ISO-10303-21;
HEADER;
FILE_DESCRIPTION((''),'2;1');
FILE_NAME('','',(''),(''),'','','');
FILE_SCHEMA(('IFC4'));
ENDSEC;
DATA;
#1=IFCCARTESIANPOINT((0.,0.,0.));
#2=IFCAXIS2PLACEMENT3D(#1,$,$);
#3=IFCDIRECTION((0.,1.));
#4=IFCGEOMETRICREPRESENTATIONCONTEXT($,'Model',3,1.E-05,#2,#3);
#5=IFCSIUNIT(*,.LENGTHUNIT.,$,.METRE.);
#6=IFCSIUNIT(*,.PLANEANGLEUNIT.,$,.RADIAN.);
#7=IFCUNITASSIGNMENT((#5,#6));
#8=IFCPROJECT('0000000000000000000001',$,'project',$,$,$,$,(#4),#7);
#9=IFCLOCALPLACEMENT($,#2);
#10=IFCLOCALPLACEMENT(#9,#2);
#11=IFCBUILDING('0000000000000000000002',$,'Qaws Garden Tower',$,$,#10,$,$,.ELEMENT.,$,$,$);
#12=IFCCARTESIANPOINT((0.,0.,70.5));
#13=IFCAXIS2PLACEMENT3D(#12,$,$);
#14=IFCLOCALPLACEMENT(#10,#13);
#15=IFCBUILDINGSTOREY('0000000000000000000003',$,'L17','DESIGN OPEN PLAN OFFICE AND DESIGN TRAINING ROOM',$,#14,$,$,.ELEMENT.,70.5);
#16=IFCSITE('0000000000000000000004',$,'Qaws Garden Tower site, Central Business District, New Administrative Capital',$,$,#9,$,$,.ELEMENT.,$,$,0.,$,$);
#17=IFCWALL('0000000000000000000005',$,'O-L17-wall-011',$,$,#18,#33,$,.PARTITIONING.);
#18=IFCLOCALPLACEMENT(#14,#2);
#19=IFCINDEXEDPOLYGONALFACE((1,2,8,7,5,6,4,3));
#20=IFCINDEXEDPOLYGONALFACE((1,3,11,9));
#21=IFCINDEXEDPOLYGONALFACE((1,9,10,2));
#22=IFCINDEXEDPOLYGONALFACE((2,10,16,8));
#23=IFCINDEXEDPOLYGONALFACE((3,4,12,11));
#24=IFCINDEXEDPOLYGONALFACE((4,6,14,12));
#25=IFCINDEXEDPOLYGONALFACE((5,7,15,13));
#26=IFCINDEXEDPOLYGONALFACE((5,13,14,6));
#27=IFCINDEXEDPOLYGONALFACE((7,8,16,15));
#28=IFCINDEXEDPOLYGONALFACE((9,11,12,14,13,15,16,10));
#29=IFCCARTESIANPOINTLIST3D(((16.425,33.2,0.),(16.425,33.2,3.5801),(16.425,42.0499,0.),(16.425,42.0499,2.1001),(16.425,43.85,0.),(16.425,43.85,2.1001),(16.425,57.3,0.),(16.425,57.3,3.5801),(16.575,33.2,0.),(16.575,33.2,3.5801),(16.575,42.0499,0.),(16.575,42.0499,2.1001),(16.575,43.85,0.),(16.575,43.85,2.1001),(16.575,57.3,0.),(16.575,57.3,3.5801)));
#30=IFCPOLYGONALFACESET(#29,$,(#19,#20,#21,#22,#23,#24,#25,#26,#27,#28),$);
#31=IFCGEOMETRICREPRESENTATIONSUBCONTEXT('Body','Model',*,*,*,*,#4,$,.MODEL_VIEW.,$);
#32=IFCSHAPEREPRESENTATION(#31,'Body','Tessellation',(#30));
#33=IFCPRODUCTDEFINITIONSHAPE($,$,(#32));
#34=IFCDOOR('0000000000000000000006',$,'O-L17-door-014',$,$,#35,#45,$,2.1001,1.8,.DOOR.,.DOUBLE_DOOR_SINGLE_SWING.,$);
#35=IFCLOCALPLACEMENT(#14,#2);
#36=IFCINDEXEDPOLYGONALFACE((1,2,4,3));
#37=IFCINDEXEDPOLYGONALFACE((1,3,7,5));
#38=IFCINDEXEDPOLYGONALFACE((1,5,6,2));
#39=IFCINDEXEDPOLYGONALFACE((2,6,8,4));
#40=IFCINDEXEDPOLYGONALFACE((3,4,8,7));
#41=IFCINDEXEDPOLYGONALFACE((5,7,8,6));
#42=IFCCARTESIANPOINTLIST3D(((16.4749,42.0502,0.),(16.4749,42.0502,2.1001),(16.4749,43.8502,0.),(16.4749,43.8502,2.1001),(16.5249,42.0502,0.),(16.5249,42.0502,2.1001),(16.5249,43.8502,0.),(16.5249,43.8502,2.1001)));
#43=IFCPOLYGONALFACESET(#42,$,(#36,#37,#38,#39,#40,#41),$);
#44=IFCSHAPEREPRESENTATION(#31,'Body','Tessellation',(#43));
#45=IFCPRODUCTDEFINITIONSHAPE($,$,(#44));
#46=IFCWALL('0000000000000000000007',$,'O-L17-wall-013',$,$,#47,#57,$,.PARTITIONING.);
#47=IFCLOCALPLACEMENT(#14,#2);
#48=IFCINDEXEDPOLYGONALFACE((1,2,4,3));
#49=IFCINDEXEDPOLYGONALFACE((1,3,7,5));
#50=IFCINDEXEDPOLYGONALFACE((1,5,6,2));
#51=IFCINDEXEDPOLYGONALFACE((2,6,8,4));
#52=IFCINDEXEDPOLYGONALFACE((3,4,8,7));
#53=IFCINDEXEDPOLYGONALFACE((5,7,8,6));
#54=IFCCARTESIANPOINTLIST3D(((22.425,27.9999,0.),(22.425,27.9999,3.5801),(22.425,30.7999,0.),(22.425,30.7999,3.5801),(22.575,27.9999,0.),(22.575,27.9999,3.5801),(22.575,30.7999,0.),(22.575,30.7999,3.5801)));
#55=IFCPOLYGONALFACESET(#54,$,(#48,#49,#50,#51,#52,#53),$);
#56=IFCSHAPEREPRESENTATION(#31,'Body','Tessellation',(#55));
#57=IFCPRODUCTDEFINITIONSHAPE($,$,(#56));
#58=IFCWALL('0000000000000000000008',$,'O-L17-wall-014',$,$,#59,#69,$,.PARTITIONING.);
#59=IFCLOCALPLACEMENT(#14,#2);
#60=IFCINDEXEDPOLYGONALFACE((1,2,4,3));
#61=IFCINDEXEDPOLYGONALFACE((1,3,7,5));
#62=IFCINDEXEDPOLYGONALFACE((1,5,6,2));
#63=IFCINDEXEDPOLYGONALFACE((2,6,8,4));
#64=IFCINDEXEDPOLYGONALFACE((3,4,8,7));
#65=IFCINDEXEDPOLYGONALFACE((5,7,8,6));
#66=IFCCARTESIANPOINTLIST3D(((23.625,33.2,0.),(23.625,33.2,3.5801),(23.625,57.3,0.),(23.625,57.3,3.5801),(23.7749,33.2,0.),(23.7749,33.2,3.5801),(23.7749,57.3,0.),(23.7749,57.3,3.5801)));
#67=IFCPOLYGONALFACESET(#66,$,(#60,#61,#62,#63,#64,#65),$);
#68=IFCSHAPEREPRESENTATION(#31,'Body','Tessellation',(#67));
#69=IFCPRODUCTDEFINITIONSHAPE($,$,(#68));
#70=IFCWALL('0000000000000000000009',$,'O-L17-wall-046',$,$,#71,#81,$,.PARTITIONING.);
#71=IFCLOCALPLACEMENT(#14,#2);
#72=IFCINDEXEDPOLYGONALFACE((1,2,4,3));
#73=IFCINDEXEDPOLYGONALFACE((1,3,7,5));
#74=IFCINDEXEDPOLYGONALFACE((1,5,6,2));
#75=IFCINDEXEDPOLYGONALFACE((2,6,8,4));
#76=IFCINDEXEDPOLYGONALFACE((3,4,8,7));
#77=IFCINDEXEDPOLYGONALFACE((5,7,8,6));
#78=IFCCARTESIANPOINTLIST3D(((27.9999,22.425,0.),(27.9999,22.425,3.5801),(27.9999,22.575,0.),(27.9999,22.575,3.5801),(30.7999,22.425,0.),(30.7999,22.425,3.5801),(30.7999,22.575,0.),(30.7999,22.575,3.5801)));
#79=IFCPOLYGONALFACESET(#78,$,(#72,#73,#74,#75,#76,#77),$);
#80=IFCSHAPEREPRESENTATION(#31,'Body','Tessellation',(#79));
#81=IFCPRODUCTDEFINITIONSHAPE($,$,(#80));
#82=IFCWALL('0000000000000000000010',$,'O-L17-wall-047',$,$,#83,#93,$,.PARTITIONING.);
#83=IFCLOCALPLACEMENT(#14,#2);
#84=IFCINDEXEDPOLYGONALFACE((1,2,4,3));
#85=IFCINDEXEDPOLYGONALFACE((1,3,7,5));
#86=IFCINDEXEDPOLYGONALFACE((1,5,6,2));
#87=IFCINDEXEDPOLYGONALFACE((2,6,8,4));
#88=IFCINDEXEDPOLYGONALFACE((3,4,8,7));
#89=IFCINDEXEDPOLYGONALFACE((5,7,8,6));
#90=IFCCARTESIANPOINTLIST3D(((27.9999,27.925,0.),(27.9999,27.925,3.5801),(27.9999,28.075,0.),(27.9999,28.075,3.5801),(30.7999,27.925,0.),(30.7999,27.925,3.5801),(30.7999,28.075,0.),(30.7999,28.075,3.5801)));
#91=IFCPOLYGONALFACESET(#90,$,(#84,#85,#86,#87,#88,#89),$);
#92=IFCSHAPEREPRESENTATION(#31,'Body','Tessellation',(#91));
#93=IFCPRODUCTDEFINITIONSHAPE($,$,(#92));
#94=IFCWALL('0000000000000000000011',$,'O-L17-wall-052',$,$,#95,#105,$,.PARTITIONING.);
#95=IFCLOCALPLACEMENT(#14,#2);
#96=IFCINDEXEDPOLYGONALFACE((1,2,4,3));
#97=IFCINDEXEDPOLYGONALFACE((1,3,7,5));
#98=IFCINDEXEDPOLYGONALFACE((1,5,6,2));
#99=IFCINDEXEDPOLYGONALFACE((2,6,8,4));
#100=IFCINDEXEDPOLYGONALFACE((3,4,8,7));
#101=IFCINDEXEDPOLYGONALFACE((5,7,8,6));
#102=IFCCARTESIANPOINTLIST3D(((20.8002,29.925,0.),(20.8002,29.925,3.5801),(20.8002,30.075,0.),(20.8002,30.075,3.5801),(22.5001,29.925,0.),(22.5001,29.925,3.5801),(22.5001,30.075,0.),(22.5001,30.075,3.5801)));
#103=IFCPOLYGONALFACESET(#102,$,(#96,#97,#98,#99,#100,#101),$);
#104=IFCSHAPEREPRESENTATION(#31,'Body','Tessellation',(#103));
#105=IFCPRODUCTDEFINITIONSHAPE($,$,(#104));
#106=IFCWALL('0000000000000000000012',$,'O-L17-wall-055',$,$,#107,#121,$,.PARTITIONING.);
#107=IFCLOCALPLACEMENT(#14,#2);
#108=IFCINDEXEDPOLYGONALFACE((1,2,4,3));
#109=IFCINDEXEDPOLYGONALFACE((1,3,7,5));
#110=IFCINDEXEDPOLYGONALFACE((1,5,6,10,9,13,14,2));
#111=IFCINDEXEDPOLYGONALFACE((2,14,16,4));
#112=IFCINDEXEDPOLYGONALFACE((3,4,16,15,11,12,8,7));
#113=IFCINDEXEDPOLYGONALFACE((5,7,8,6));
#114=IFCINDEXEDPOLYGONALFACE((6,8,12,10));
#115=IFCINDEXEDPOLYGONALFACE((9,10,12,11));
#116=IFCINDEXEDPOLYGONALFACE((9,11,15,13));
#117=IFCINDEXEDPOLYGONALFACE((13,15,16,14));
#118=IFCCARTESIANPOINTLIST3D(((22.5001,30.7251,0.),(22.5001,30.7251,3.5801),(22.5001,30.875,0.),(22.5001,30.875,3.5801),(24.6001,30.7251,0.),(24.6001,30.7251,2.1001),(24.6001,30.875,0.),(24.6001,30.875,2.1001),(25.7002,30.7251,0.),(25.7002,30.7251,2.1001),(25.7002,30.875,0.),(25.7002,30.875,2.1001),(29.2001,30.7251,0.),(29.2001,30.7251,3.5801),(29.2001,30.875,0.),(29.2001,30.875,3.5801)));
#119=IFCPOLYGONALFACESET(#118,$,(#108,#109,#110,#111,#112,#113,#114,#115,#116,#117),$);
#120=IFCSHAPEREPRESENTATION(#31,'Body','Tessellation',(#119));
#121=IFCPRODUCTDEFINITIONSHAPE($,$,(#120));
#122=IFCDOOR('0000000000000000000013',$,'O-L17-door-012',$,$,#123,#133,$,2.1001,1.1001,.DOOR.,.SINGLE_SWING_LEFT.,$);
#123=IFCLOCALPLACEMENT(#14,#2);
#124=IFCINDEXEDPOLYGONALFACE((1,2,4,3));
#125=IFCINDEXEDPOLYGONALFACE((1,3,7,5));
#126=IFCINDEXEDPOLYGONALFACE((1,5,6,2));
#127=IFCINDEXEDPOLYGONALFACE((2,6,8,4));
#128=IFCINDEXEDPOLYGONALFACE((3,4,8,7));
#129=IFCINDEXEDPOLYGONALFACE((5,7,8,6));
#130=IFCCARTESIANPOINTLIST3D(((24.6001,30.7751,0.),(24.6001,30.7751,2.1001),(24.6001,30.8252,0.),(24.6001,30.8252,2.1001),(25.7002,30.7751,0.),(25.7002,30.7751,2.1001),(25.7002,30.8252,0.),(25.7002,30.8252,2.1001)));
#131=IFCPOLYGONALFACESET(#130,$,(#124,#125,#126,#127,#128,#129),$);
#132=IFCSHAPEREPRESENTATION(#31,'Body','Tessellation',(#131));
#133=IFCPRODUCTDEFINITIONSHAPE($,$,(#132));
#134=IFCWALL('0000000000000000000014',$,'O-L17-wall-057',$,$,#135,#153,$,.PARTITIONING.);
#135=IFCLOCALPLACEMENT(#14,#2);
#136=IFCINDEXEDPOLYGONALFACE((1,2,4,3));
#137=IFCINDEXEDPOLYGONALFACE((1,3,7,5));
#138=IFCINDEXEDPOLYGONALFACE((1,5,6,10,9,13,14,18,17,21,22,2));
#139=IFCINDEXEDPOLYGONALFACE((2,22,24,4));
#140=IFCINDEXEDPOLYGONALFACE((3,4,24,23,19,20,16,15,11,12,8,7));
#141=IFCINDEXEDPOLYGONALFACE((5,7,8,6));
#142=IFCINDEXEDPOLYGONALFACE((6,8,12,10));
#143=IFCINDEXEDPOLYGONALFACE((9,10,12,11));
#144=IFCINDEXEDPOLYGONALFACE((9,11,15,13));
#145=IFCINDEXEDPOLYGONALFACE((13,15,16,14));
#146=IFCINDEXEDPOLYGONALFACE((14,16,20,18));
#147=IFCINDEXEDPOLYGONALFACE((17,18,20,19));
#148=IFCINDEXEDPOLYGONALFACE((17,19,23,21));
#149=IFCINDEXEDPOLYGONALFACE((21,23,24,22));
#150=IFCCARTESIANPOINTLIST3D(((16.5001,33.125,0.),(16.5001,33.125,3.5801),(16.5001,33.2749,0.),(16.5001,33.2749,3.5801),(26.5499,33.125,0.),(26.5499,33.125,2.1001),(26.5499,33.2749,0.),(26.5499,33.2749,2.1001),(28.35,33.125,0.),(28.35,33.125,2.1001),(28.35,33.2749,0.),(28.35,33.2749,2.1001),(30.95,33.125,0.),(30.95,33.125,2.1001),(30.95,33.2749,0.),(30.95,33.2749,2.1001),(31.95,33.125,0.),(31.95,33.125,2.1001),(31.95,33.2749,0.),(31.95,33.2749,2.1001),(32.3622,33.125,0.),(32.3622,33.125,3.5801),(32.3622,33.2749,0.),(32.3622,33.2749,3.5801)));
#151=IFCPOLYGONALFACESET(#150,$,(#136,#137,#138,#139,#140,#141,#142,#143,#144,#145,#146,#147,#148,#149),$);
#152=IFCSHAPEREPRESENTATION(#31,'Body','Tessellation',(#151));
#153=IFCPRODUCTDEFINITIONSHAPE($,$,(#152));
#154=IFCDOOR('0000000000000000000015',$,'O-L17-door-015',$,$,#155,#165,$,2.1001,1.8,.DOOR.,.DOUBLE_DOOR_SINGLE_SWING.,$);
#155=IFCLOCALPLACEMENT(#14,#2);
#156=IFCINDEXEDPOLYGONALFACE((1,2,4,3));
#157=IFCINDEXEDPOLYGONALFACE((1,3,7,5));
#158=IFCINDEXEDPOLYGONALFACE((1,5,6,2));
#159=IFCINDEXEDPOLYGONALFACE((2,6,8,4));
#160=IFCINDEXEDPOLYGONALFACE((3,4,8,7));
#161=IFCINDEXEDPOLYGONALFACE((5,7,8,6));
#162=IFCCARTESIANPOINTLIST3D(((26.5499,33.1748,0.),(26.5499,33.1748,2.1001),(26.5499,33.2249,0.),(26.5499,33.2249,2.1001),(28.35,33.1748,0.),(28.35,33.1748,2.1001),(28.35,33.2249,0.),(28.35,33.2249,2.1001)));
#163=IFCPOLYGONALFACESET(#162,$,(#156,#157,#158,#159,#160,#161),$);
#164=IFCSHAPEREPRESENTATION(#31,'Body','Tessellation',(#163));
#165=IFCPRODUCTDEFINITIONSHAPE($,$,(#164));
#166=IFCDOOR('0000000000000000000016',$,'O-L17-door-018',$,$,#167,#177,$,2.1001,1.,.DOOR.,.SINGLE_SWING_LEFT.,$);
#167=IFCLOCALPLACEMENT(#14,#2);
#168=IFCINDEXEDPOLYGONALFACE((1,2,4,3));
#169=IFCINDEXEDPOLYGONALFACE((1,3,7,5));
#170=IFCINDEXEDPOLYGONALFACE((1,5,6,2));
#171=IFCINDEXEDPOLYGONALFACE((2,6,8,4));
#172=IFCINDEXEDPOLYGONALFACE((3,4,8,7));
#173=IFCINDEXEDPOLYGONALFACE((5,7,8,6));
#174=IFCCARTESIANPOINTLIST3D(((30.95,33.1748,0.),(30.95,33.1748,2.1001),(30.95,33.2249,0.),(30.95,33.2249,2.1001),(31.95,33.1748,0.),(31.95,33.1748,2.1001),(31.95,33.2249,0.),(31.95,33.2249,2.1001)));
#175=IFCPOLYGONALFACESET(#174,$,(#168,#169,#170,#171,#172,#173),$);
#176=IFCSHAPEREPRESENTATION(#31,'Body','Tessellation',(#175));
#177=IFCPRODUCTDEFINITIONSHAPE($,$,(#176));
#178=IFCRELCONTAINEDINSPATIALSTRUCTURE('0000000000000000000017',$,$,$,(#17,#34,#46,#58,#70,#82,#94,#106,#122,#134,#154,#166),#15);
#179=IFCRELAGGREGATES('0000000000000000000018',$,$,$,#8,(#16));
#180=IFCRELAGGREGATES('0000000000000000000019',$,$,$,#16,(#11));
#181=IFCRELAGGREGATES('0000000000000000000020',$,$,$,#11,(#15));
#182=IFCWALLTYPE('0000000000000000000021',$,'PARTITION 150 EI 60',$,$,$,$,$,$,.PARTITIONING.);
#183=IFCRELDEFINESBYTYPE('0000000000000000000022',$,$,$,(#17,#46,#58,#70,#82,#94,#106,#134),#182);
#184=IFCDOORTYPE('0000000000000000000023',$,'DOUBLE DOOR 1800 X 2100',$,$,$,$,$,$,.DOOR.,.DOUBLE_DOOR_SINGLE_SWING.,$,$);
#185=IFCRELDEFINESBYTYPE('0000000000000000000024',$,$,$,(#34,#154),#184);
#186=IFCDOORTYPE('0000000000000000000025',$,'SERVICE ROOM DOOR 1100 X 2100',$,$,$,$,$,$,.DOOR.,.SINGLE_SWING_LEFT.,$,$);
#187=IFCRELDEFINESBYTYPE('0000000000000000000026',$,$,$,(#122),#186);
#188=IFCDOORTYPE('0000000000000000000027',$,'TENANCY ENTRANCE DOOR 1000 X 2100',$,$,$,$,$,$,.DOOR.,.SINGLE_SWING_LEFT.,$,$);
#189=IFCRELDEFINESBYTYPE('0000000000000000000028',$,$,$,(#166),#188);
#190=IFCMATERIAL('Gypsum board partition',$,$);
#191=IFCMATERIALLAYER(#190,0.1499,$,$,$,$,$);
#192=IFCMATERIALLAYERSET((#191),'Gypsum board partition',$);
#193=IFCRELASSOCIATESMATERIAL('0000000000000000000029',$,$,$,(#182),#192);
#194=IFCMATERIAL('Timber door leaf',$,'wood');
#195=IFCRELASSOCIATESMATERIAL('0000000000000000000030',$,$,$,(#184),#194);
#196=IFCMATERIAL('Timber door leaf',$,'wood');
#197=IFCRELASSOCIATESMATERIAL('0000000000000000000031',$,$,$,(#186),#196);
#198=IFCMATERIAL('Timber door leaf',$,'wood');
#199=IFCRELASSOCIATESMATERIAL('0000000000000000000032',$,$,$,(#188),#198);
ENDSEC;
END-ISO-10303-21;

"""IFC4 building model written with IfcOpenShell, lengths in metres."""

from ifc_helpers import new_model, si_unit, direction, frame, frame_2d, origin, place, context, subcontext, project, spatial, rectangle, extrude, material, layer, layer_set, type_object, element, fill, save


model = new_model("IFC4")

# Units and contexts
model_context = context("Model", 3, precision=1e-05, world=origin(), true_north=direction((0.0, 1.0)))
body_context = subcontext(model_context, "Body", "Model", "MODEL_VIEW")
ifc_project = project(units=[si_unit("LENGTHUNIT", "METRE"), si_unit("PLANEANGLEUNIT", "RADIAN")], contexts=[model_context])

# Site, building, storey
site_placement = place(None, origin())
site = spatial("IfcSite", under=ifc_project, at=site_placement, Name="Qaws Garden Tower site, Central Business District, New Administrative Capital", CompositionType="ELEMENT", RefElevation=0.0)
building_placement = place(site_placement, origin())
building = spatial("IfcBuilding", under=site, at=building_placement, Name="Qaws Garden Tower", CompositionType="ELEMENT")
storey_placement = place(building_placement, frame((0.0, 0.0, 70.5)))
storey = spatial("IfcBuildingStorey", under=building, at=storey_placement, Name="L17", Description="DESIGN OPEN PLAN OFFICE AND DESIGN TRAINING ROOM", CompositionType="ELEMENT", Elevation=70.5)

# Wall, opening, door
ifc_material_1 = material(Name="Gypsum board partition")
ifc_layer_1 = layer(ifc_material_1, 0.1499)
ifc_layer_set_1 = layer_set([ifc_layer_1], Name="Gypsum board partition")
wall_type_1 = type_object("IfcWallType", Name="PARTITION 150 EI 60", PredefinedType="PARTITIONING", material=ifc_layer_set_1)
wall_1_placement = place(storey_placement, frame((16.5, 33.2, 0.0), z_axis=(0.0, 0.0, 1.0), x_axis=(0.0, 1.0, 0.0)))
wall_1 = element("IfcWall", 1, at=wall_1_placement, inside=storey, type_object=wall_type_1, Name="O-L17-wall-011", PredefinedType="PARTITIONING", context=body_context, shape_type="SweptSolid", body=[
    extrude(rectangle(XDim=24.1001, YDim=0.1499, at=frame_2d((12.05, 0.0))), origin(), (0.0, 0.0, 1.0), 3.5801),
])
opening_1_placement = place(wall_1_placement, frame((8.8501, 0.0, 0.0)))
opening_1 = element("IfcOpeningElement", 2, at=opening_1_placement, cuts=wall_1, PredefinedType="OPENING", context=body_context, shape_type="SweptSolid", body=[
    extrude(rectangle(XDim=1.8, YDim=2.1001, at=frame_2d((0.8999, 1.05))), frame((0.0, 0.085, 0.0), z_axis=(0.0, -1.0, 0.0), x_axis=(1.0, 0.0, 0.0)), (0.0, 0.0, 1.0), 0.1699),
])
ifc_material_2 = material(Name="Timber door leaf", Category="wood")
door_type_1 = type_object("IfcDoorType", Name="DOUBLE DOOR 1800 X 2100", OperationType="DOUBLE_DOOR_SINGLE_SWING", PredefinedType="DOOR", material=ifc_material_2)
door_1_placement = place(opening_1_placement, frame((1.8, 0.0, 0.0), z_axis=(0.0, 0.0, 1.0), x_axis=(-1.0, 0.0, 0.0)))
door_1 = element("IfcDoor", 3, at=door_1_placement, inside=storey, type_object=door_type_1, Name="O-L17-door-014", OperationType="DOUBLE_DOOR_SINGLE_SWING", OverallHeight=2.1001, OverallWidth=1.8, PredefinedType="DOOR", context=body_context, shape_type="SweptSolid", body=[
    extrude(rectangle(XDim=1.8, YDim=2.1001, at=frame_2d((0.8999, 1.05))), frame((0.0, 0.0249, 0.0), z_axis=(0.0, -1.0, 0.0), x_axis=(1.0, 0.0, 0.0)), (0.0, 0.0, 1.0), 0.05),
])
fill(opening_1, door_1)

# Walls
wall_2_placement = place(storey_placement, frame((22.5, 28.0, 0.0), z_axis=(0.0, 0.0, 1.0), x_axis=(0.0, 1.0, 0.0)))
element("IfcWall", 4, at=wall_2_placement, inside=storey, type_object=wall_type_1, Name="O-L17-wall-013", PredefinedType="PARTITIONING", context=body_context, shape_type="SweptSolid", body=[
    extrude(rectangle(XDim=2.8, YDim=0.1499, at=frame_2d((1.3999, 0.0))), origin(), (0.0, 0.0, 1.0), 3.5801),
])
wall_3_placement = place(storey_placement, frame((23.7, 33.2, 0.0), z_axis=(0.0, 0.0, 1.0), x_axis=(0.0, 1.0, 0.0)))
element("IfcWall", 5, at=wall_3_placement, inside=storey, type_object=wall_type_1, Name="O-L17-wall-014", PredefinedType="PARTITIONING", context=body_context, shape_type="SweptSolid", body=[
    extrude(rectangle(XDim=24.1001, YDim=0.1499, at=frame_2d((12.05, 0.0))), origin(), (0.0, 0.0, 1.0), 3.5801),
])
for number, where, z_axis, x_axis, name in (
    (6, (28.0, 22.5, 0.0), (0.0, 0.0, 1.0), (1.0, 0.0, 0.0), "O-L17-wall-046"),
    (7, (28.0, 28.0, 0.0), (0.0, 0.0, 1.0), (1.0, 0.0, 0.0), "O-L17-wall-047"),
):
    element("IfcWall", number, at=place(storey_placement, frame(where, z_axis=z_axis, x_axis=x_axis)), inside=storey, type_object=wall_type_1, Name=name, PredefinedType="PARTITIONING", context=body_context, shape_type="SweptSolid", body=[
        extrude(rectangle(XDim=2.8, YDim=0.1499, at=frame_2d((1.3999, 0.0))), origin(), (0.0, 0.0, 1.0), 3.5801),
    ])
wall_4_placement = place(storey_placement, frame((20.8, 30.0, 0.0), z_axis=(0.0, 0.0, 1.0), x_axis=(1.0, 0.0, 0.0)))
element("IfcWall", 8, at=wall_4_placement, inside=storey, type_object=wall_type_1, Name="O-L17-wall-052", PredefinedType="PARTITIONING", context=body_context, shape_type="SweptSolid", body=[
    extrude(rectangle(XDim=1.7, YDim=0.1499, at=frame_2d((0.8501, 0.0))), origin(), (0.0, 0.0, 1.0), 3.5801),
])

# Wall, opening, door
wall_5_placement = place(storey_placement, frame((22.5, 30.8, 0.0), z_axis=(0.0, 0.0, 1.0), x_axis=(1.0, 0.0, 0.0)))
wall_5 = element("IfcWall", 9, at=wall_5_placement, inside=storey, type_object=wall_type_1, Name="O-L17-wall-055", PredefinedType="PARTITIONING", context=body_context, shape_type="SweptSolid", body=[
    extrude(rectangle(XDim=6.7, YDim=0.1499, at=frame_2d((3.3501, 0.0))), origin(), (0.0, 0.0, 1.0), 3.5801),
])
opening_2_placement = place(wall_5_placement, frame((2.1001, 0.0, 0.0)))
opening_2 = element("IfcOpeningElement", 10, at=opening_2_placement, cuts=wall_5, PredefinedType="OPENING", context=body_context, shape_type="SweptSolid", body=[
    extrude(rectangle(XDim=1.1001, YDim=2.1001, at=frame_2d((0.55, 1.05))), frame((0.0, 0.085, 0.0), z_axis=(0.0, -1.0, 0.0), x_axis=(1.0, 0.0, 0.0)), (0.0, 0.0, 1.0), 0.1699),
])
ifc_material_3 = material(Name="Timber door leaf", Category="wood")
door_type_2 = type_object("IfcDoorType", Name="SERVICE ROOM DOOR 1100 X 2100", OperationType="SINGLE_SWING_LEFT", PredefinedType="DOOR", material=ifc_material_3)
door_2_placement = place(opening_2_placement, frame((1.1001, 0.0, 0.0), z_axis=(0.0, 0.0, 1.0), x_axis=(-1.0, 0.0, 0.0)))
door_2 = element("IfcDoor", 11, at=door_2_placement, inside=storey, type_object=door_type_2, Name="O-L17-door-012", OperationType="SINGLE_SWING_LEFT", OverallHeight=2.1001, OverallWidth=1.1001, PredefinedType="DOOR", context=body_context, shape_type="SweptSolid", body=[
    extrude(rectangle(XDim=1.1001, YDim=2.1001, at=frame_2d((0.55, 1.05))), frame((0.0, 0.0249, 0.0), z_axis=(0.0, -1.0, 0.0), x_axis=(1.0, 0.0, 0.0)), (0.0, 0.0, 1.0), 0.05),
])
fill(opening_2, door_2)

# Wall, openings, doors
wall_6_placement = place(storey_placement, frame((16.5, 33.2, 0.0), z_axis=(0.0, 0.0, 1.0), x_axis=(1.0, 0.0, 0.0)))
wall_6 = element("IfcWall", 12, at=wall_6_placement, inside=storey, type_object=wall_type_1, Name="O-L17-wall-057", PredefinedType="PARTITIONING", context=body_context, shape_type="SweptSolid", body=[
    extrude(rectangle(XDim=15.8621, YDim=0.1499, at=frame_2d((7.9312, 0.0))), origin(), (0.0, 0.0, 1.0), 3.5801),
])
opening_3_placement = place(wall_6_placement, frame((10.05, 0.0, 0.0)))
opening_3 = element("IfcOpeningElement", 13, at=opening_3_placement, cuts=wall_6, PredefinedType="OPENING", context=body_context, shape_type="SweptSolid", body=[
    extrude(rectangle(XDim=1.8, YDim=2.1001, at=frame_2d((0.8999, 1.05))), frame((0.0, 0.085, 0.0), z_axis=(0.0, -1.0, 0.0), x_axis=(1.0, 0.0, 0.0)), (0.0, 0.0, 1.0), 0.1699),
])
opening_4_placement = place(wall_6_placement, frame((14.45, 0.0, 0.0)))
opening_4 = element("IfcOpeningElement", 14, at=opening_4_placement, cuts=wall_6, PredefinedType="OPENING", context=body_context, shape_type="SweptSolid", body=[
    extrude(rectangle(XDim=1.0, YDim=2.1001, at=frame_2d((0.5, 1.05))), frame((0.0, 0.085, 0.0), z_axis=(0.0, -1.0, 0.0), x_axis=(1.0, 0.0, 0.0)), (0.0, 0.0, 1.0), 0.1699),
])
door_3_placement = place(opening_3_placement, origin())
door_3 = element("IfcDoor", 15, at=door_3_placement, inside=storey, type_object=door_type_1, Name="O-L17-door-015", OperationType="DOUBLE_DOOR_SINGLE_SWING", OverallHeight=2.1001, OverallWidth=1.8, PredefinedType="DOOR", context=body_context, shape_type="SweptSolid", body=[
    extrude(rectangle(XDim=1.8, YDim=2.1001, at=frame_2d((0.8999, 1.05))), frame((0.0, 0.0249, 0.0), z_axis=(0.0, -1.0, 0.0), x_axis=(1.0, 0.0, 0.0)), (0.0, 0.0, 1.0), 0.05),
])
fill(opening_3, door_3)
ifc_material_4 = material(Name="Timber door leaf", Category="wood")
door_type_3 = type_object("IfcDoorType", Name="TENANCY ENTRANCE DOOR 1000 X 2100", OperationType="SINGLE_SWING_LEFT", PredefinedType="DOOR", material=ifc_material_4)
door_4_placement = place(opening_4_placement, origin())
door_4 = element("IfcDoor", 16, at=door_4_placement, inside=storey, type_object=door_type_3, Name="O-L17-door-018", OperationType="SINGLE_SWING_LEFT", OverallHeight=2.1001, OverallWidth=1.0, PredefinedType="DOOR", context=body_context, shape_type="SweptSolid", body=[
    extrude(rectangle(XDim=1.0, YDim=2.1001, at=frame_2d((0.5, 1.05))), frame((0.0, 0.0249, 0.0), z_axis=(0.0, -1.0, 0.0), x_axis=(1.0, 0.0, 0.0)), (0.0, 0.0, 1.0), 0.05),
])
fill(opening_4, door_4)

save(model, "model.ifc")
